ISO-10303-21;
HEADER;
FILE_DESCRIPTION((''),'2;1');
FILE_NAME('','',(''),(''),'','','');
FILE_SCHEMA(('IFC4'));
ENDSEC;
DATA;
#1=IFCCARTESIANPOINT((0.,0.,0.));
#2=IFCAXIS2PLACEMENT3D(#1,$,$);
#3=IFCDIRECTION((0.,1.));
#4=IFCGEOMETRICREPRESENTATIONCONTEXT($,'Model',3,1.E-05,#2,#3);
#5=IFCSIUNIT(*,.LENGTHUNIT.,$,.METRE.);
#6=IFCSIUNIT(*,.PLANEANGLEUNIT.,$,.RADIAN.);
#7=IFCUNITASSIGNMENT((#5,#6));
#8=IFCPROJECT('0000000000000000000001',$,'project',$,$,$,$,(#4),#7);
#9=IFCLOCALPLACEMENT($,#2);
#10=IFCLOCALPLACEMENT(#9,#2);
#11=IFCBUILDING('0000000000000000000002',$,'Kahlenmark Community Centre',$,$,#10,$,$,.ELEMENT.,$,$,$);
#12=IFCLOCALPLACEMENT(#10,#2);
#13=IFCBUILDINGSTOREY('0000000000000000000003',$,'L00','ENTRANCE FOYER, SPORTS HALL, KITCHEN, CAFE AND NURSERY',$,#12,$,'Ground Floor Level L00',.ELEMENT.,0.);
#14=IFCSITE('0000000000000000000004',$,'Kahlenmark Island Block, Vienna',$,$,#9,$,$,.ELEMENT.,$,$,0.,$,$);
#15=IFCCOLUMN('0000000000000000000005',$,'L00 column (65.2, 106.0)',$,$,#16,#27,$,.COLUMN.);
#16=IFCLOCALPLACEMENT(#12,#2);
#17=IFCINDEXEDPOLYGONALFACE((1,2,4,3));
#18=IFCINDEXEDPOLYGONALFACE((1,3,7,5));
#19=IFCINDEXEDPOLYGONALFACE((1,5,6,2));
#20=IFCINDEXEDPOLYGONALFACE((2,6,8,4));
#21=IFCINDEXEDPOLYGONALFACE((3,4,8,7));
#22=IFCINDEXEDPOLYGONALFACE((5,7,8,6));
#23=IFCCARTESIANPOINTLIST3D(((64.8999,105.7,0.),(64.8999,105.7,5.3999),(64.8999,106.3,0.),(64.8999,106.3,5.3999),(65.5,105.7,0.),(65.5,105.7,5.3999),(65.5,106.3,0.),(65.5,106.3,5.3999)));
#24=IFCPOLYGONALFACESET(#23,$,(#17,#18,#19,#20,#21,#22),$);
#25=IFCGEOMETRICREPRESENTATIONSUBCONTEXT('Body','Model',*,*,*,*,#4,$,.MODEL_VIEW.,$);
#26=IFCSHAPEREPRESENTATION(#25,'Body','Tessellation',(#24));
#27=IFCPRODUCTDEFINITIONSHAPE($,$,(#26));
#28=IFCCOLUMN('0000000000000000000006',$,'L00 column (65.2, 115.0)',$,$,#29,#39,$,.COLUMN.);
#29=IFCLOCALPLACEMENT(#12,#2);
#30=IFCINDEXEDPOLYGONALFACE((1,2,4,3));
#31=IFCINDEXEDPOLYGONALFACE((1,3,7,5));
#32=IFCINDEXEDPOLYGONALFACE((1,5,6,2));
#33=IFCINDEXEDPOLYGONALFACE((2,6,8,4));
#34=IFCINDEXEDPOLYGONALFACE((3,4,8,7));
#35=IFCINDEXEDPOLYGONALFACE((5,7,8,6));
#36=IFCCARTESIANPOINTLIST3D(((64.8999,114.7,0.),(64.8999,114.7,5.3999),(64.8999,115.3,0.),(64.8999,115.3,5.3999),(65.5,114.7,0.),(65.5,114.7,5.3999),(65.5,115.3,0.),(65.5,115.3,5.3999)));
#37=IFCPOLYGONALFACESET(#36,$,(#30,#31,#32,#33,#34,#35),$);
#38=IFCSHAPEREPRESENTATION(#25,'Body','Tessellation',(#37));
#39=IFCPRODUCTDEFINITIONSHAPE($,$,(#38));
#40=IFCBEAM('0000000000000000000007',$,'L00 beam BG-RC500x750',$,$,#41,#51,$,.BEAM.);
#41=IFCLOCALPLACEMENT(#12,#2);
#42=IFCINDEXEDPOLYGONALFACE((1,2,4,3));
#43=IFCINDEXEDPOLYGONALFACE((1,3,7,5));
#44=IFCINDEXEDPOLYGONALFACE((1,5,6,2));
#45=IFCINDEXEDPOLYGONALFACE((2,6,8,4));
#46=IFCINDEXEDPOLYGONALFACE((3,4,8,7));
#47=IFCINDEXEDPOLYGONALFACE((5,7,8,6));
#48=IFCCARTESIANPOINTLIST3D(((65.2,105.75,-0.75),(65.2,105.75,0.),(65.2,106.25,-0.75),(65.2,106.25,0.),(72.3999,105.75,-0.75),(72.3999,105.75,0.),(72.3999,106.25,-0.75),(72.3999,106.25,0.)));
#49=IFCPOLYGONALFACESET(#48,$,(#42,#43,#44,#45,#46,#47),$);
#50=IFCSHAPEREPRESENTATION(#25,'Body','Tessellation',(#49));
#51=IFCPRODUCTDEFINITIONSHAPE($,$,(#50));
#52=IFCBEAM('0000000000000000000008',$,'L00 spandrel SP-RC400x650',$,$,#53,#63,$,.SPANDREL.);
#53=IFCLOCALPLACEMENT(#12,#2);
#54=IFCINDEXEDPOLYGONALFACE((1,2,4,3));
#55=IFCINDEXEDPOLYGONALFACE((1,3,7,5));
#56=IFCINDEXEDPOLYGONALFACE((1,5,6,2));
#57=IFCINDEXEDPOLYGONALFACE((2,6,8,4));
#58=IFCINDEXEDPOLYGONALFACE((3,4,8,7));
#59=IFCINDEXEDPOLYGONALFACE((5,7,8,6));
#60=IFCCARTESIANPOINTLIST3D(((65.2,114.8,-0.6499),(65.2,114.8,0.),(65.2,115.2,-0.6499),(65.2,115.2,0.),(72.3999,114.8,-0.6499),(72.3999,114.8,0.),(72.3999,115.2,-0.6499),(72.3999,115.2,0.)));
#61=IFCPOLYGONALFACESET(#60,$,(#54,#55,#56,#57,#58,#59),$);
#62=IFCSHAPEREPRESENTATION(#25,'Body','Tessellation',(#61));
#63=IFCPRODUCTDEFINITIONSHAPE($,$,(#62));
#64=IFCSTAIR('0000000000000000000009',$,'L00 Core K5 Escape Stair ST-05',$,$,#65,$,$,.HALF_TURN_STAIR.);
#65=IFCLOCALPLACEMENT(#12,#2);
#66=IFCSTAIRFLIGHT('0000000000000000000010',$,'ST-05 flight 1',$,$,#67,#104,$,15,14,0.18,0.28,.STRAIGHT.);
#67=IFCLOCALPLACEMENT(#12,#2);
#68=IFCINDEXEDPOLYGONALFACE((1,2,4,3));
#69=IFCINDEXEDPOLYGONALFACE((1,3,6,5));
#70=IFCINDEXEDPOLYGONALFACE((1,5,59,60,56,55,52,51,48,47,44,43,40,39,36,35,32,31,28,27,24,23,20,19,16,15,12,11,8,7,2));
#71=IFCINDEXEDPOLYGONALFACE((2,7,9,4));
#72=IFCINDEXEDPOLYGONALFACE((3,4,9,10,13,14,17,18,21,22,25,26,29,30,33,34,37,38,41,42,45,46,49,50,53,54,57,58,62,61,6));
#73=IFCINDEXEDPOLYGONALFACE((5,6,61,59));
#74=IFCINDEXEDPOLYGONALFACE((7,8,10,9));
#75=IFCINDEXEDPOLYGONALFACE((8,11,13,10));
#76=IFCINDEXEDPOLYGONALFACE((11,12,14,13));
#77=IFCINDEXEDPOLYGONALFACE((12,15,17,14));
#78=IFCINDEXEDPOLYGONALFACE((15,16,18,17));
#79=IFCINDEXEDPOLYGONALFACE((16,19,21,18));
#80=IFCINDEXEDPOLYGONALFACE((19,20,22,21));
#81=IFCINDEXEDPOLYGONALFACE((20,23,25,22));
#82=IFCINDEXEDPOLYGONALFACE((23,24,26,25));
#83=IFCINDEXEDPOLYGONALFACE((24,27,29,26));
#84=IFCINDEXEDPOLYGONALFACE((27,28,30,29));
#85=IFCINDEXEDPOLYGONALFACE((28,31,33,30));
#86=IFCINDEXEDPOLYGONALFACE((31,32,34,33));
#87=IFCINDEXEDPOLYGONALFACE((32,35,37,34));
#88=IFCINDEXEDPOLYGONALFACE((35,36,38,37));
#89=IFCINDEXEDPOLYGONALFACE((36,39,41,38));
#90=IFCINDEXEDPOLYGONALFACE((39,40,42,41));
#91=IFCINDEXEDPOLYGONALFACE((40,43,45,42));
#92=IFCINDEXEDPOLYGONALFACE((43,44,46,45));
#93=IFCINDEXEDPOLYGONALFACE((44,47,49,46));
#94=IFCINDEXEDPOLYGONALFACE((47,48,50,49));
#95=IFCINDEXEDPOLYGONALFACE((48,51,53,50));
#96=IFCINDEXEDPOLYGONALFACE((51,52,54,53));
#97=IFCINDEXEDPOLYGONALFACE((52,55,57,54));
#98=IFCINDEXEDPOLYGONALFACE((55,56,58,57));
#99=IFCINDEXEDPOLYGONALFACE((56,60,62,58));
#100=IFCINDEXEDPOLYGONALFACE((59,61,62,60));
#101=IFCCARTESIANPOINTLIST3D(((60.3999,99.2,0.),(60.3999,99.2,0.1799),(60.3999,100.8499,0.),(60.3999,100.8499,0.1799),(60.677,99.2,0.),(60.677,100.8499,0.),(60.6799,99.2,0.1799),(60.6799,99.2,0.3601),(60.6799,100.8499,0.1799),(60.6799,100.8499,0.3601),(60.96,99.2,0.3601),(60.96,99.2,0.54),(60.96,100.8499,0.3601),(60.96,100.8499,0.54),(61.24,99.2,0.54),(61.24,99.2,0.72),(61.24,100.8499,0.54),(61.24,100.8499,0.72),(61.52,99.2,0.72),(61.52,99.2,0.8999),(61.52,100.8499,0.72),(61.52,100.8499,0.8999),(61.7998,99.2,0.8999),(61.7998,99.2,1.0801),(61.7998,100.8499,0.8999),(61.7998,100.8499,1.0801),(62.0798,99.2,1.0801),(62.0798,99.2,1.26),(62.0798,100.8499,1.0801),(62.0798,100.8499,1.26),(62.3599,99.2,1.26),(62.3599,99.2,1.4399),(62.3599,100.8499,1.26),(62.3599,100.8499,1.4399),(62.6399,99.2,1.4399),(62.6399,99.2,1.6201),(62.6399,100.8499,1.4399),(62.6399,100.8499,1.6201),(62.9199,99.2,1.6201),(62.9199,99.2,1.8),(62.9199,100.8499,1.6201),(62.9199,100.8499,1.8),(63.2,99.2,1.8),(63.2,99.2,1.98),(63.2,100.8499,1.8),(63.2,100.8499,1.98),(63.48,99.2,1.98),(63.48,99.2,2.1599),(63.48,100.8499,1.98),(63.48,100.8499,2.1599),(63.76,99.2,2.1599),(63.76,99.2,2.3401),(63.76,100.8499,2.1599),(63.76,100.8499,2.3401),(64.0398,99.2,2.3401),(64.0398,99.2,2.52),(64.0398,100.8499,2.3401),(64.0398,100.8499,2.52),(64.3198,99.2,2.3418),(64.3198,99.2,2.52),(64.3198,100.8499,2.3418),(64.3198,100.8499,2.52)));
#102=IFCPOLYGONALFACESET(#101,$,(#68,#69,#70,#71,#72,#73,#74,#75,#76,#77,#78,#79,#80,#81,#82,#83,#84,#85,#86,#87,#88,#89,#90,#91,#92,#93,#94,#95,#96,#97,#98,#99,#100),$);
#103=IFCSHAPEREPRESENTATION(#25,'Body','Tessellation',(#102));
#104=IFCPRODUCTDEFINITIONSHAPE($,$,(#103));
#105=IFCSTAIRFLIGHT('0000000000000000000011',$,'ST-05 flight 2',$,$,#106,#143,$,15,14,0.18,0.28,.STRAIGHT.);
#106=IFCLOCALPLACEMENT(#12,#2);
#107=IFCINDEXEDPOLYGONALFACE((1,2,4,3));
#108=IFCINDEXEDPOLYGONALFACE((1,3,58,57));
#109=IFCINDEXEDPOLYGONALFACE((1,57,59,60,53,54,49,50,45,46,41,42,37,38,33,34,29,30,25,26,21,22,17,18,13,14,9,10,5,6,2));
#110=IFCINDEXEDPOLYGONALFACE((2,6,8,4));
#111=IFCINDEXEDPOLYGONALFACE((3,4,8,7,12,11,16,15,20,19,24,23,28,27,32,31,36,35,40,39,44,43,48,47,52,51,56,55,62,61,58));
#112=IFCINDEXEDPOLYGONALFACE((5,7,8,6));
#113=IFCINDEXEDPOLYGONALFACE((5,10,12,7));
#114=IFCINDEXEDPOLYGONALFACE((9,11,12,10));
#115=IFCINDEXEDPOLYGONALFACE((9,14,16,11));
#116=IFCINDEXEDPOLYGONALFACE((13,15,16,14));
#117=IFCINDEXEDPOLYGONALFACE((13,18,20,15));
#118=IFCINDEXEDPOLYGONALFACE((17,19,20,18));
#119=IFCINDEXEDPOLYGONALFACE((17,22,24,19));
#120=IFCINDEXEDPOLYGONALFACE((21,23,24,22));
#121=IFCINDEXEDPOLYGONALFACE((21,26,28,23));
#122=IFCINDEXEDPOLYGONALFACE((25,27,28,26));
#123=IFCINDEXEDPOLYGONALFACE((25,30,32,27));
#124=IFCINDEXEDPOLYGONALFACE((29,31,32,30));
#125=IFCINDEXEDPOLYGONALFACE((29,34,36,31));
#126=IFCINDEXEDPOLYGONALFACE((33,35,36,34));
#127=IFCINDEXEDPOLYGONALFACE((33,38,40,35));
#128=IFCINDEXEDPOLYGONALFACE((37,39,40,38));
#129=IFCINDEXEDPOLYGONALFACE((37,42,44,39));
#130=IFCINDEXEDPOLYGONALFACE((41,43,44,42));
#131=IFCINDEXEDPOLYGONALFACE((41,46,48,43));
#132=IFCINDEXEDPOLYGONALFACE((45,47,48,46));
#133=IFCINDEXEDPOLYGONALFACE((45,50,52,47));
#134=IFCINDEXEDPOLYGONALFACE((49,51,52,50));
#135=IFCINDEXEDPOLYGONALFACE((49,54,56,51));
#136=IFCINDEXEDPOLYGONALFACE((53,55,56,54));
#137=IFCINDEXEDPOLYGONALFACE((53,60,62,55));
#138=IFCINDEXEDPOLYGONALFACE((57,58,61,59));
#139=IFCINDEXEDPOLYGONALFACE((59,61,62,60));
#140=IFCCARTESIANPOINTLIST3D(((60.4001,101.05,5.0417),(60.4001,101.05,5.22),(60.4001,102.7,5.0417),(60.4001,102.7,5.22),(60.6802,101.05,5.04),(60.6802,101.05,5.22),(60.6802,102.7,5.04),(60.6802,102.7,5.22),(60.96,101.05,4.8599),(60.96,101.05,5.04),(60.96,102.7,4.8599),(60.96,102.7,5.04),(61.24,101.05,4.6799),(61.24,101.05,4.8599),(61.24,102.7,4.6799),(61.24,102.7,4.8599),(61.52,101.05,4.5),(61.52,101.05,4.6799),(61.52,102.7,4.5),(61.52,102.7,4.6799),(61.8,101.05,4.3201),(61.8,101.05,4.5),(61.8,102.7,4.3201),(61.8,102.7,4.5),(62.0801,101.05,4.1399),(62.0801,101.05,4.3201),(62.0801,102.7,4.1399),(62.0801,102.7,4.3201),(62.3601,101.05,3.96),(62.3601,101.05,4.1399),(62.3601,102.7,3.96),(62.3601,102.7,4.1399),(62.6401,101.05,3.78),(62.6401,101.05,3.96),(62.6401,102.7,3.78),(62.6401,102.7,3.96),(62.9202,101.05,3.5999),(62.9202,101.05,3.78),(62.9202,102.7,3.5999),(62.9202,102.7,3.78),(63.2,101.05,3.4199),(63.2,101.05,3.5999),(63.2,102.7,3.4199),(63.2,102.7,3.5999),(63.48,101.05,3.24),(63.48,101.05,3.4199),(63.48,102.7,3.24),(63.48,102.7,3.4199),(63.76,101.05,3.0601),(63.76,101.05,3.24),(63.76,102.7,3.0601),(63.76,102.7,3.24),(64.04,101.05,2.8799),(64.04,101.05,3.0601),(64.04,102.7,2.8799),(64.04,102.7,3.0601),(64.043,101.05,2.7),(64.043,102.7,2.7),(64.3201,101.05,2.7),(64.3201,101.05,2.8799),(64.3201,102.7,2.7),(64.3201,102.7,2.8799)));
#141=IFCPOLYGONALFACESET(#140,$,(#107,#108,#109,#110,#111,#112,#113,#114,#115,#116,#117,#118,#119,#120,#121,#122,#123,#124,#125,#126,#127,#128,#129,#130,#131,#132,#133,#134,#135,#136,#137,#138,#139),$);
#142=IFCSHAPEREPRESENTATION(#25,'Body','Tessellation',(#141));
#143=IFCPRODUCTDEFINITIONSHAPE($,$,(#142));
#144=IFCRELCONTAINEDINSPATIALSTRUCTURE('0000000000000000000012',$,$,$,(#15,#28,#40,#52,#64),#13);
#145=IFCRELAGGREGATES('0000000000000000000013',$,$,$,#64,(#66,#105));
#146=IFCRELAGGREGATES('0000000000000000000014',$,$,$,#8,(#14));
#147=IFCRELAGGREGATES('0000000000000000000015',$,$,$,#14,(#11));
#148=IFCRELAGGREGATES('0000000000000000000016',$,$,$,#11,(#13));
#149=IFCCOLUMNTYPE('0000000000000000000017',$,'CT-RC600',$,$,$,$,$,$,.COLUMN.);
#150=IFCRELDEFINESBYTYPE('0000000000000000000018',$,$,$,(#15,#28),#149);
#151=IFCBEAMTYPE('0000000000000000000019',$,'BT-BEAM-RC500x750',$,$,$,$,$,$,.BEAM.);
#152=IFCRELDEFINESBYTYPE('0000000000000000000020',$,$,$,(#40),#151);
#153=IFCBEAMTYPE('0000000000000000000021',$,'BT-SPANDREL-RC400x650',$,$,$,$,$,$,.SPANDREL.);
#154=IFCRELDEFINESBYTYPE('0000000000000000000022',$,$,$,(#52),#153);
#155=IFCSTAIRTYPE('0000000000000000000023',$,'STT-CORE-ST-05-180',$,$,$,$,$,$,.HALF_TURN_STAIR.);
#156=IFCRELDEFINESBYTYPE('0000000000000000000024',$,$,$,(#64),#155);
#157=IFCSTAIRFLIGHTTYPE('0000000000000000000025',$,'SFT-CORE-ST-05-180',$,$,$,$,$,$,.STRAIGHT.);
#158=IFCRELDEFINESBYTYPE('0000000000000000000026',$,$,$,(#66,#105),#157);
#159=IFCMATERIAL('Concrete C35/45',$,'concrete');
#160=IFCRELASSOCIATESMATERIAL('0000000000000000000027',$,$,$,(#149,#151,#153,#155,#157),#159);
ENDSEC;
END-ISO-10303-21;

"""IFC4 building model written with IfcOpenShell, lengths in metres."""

from ifc_helpers import new_model, si_unit, direction, frame, origin, origin_2d, place, context, subcontext, project, spatial, polyline, rectangle, outline, extrude, material, material_profile, profile_set, type_object, element, aggregate, save


model = new_model("IFC4")

# Units and contexts
model_context = context("Model", 3, precision=1e-05, world=origin(), true_north=direction((0.0, 1.0)))
body_context = subcontext(model_context, "Body", "Model", "MODEL_VIEW")
ifc_project = project(units=[si_unit("LENGTHUNIT", "METRE"), si_unit("PLANEANGLEUNIT", "RADIAN")], contexts=[model_context])

# Site, building, storey
site_placement = place(None, origin())
site = spatial("IfcSite", under=ifc_project, at=site_placement, Name="Kahlenmark Island Block, Vienna", CompositionType="ELEMENT", RefElevation=0.0)
building_placement = place(site_placement, origin())
building = spatial("IfcBuilding", under=site, at=building_placement, Name="Kahlenmark Community Centre", CompositionType="ELEMENT")
storey_placement = place(building_placement, origin())
storey = spatial("IfcBuildingStorey", under=building, at=storey_placement, Name="L00", Description="ENTRANCE FOYER, SPORTS HALL, KITCHEN, CAFE AND NURSERY", LongName="Ground Floor Level L00", CompositionType="ELEMENT", Elevation=0.0)

# Columns
ifc_material_1 = material(Name="Concrete C35/45", Category="concrete")
ifc_material_profile_1 = material_profile(ifc_material_1, rectangle(XDim=0.6001, YDim=0.6001, at=origin_2d()), Name="RC 600x600")
ifc_profile_set_1 = profile_set([ifc_material_profile_1], Name="Concrete C35/45")
column_type = type_object("IfcColumnType", Name="CT-RC600", PredefinedType="COLUMN", material=ifc_profile_set_1)
for number, where, z_axis, x_axis, name in (
    (1, (65.2, 106.0, 0.0), (0.0, 0.0, 1.0), (1.0, 0.0, 0.0), "L00 column (65.2, 106.0)"),
    (2, (65.2, 115.0, 0.0), (0.0, 0.0, 1.0), (1.0, 0.0, 0.0), "L00 column (65.2, 115.0)"),
):
    element("IfcColumn", number, at=place(storey_placement, frame(where, z_axis=z_axis, x_axis=x_axis)), inside=storey, type_object=column_type, Name=name, PredefinedType="COLUMN", context=body_context, shape_type="SweptSolid", body=[
        extrude(rectangle(XDim=0.6001, YDim=0.6001, at=origin_2d()), origin(), (0.0, 0.0, 1.0), 5.3999),
    ])

# Beams
ifc_material_profile_2 = material_profile(ifc_material_1, rectangle(XDim=0.5, YDim=0.75, at=origin_2d()), Name="RC 500x750")
ifc_profile_set_2 = profile_set([ifc_material_profile_2], Name="Concrete C35/45")
beam_type_1 = type_object("IfcBeamType", Name="BT-BEAM-RC500x750", PredefinedType="BEAM", material=ifc_profile_set_2)
beam_1_placement = place(storey_placement, frame((65.2, 106.0, -0.375), z_axis=(1.0, 0.0, 0.0), x_axis=(0.0, 1.0, 0.0)))
element("IfcBeam", 3, at=beam_1_placement, inside=storey, type_object=beam_type_1, Name="L00 beam BG-RC500x750", PredefinedType="BEAM", context=body_context, shape_type="SweptSolid", body=[
    extrude(rectangle(XDim=0.5, YDim=0.75, at=origin_2d()), origin(), (0.0, 0.0, 1.0), 7.2),
])
ifc_material_profile_3 = material_profile(ifc_material_1, rectangle(XDim=0.3999, YDim=0.6499, at=origin_2d()), Name="RC 400x650")
ifc_profile_set_3 = profile_set([ifc_material_profile_3], Name="Concrete C35/45")
beam_type_2 = type_object("IfcBeamType", Name="BT-SPANDREL-RC400x650", PredefinedType="SPANDREL", material=ifc_profile_set_3)
beam_2_placement = place(storey_placement, frame((65.2, 115.0, -0.325), z_axis=(1.0, 0.0, 0.0), x_axis=(0.0, 1.0, 0.0)))
element("IfcBeam", 4, at=beam_2_placement, inside=storey, type_object=beam_type_2, Name="L00 spandrel SP-RC400x650", PredefinedType="SPANDREL", context=body_context, shape_type="SweptSolid", body=[
    extrude(rectangle(XDim=0.3999, YDim=0.6499, at=origin_2d()), origin(), (0.0, 0.0, 1.0), 7.2),
])

# Stair, stair flights
stair_type = type_object("IfcStairType", Name="STT-CORE-ST-05-180", PredefinedType="HALF_TURN_STAIR", material=ifc_material_1)
stair_placement = place(storey_placement, origin())
stair = element("IfcStair", 5, at=stair_placement, inside=storey, type_object=stair_type, Name="L00 Core K5 Escape Stair ST-05", PredefinedType="HALF_TURN_STAIR")
stair_flight_type = type_object("IfcStairFlightType", Name="SFT-CORE-ST-05-180", PredefinedType="STRAIGHT", material=ifc_material_1)
stair_flight_1_placement = place(storey_placement, frame((60.3999, 100.0249, 0.0), z_axis=(0.0, 0.0, 1.0), x_axis=(1.0, 0.0, 0.0)))
stair_flight_1 = element("IfcStairFlight", 6, at=stair_flight_1_placement, type_object=stair_flight_type, Name="ST-05 flight 1", NumberOfRisers=15, NumberOfTreads=14, PredefinedType="STRAIGHT", RiserHeight=0.18, TreadLength=0.28, context=body_context, shape_type="SweptSolid", body=[
    extrude(outline(polyline([(0.0, 0.0), (0.0, 0.1799), (0.28, 0.1799), (0.28, 0.3601), (0.5601, 0.3601), (0.5601, 0.54), (0.8401, 0.54), (0.8401, 0.72), (1.1201, 0.72), (1.1201, 0.8999), (1.3999, 0.8999), (1.3999, 1.0801), (1.6799, 1.0801), (1.6799, 1.26), (1.96, 1.26), (1.96, 1.4399), (2.24, 1.4399), (2.24, 1.6201), (2.52, 1.6201), (2.52, 1.8), (2.8, 1.8), (2.8, 1.98), (3.0801, 1.98), (3.0801, 2.1599), (3.3601, 2.1599), (3.3601, 2.3401), (3.6399, 2.3401), (3.6399, 2.52), (3.9199, 2.52), (3.9199, 2.7), (3.9199, 2.3418), (0.2771, 0.0), (0.0, 0.0)])), frame((0.0, 0.825, 0.0), z_axis=(0.0, -1.0, 0.0), x_axis=(1.0, 0.0, 0.0)), (0.0, 0.0, 1.0), 1.6499),
])
stair_flight_2_placement = place(storey_placement, frame((64.3201, 101.875, 2.7), z_axis=(0.0, 0.0, 1.0), x_axis=(-1.0, 0.0, 0.0)))
stair_flight_2 = element("IfcStairFlight", 7, at=stair_flight_2_placement, type_object=stair_flight_type, Name="ST-05 flight 2", NumberOfRisers=15, NumberOfTreads=14, PredefinedType="STRAIGHT", RiserHeight=0.18, TreadLength=0.28, context=body_context, shape_type="SweptSolid", body=[
    extrude(outline(polyline([(0.0, 0.0), (0.0, 0.1799), (0.28, 0.1799), (0.28, 0.3601), (0.5601, 0.3601), (0.5601, 0.54), (0.8401, 0.54), (0.8401, 0.72), (1.1201, 0.72), (1.1201, 0.8999), (1.3999, 0.8999), (1.3999, 1.0801), (1.6799, 1.0801), (1.6799, 1.26), (1.96, 1.26), (1.96, 1.4399), (2.24, 1.4399), (2.24, 1.6201), (2.52, 1.6201), (2.52, 1.8), (2.8, 1.8), (2.8, 1.98), (3.0801, 1.98), (3.0801, 2.1599), (3.3601, 2.1599), (3.3601, 2.3401), (3.6399, 2.3401), (3.6399, 2.52), (3.9199, 2.52), (3.9199, 2.7), (3.9199, 2.3418), (0.2771, 0.0), (0.0, 0.0)])), frame((0.0, 0.825, 0.0), z_axis=(0.0, -1.0, 0.0), x_axis=(1.0, 0.0, 0.0)), (0.0, 0.0, 1.0), 1.6499),
])
aggregate(stair, [stair_flight_1, stair_flight_2])

save(model, "model.ifc")
